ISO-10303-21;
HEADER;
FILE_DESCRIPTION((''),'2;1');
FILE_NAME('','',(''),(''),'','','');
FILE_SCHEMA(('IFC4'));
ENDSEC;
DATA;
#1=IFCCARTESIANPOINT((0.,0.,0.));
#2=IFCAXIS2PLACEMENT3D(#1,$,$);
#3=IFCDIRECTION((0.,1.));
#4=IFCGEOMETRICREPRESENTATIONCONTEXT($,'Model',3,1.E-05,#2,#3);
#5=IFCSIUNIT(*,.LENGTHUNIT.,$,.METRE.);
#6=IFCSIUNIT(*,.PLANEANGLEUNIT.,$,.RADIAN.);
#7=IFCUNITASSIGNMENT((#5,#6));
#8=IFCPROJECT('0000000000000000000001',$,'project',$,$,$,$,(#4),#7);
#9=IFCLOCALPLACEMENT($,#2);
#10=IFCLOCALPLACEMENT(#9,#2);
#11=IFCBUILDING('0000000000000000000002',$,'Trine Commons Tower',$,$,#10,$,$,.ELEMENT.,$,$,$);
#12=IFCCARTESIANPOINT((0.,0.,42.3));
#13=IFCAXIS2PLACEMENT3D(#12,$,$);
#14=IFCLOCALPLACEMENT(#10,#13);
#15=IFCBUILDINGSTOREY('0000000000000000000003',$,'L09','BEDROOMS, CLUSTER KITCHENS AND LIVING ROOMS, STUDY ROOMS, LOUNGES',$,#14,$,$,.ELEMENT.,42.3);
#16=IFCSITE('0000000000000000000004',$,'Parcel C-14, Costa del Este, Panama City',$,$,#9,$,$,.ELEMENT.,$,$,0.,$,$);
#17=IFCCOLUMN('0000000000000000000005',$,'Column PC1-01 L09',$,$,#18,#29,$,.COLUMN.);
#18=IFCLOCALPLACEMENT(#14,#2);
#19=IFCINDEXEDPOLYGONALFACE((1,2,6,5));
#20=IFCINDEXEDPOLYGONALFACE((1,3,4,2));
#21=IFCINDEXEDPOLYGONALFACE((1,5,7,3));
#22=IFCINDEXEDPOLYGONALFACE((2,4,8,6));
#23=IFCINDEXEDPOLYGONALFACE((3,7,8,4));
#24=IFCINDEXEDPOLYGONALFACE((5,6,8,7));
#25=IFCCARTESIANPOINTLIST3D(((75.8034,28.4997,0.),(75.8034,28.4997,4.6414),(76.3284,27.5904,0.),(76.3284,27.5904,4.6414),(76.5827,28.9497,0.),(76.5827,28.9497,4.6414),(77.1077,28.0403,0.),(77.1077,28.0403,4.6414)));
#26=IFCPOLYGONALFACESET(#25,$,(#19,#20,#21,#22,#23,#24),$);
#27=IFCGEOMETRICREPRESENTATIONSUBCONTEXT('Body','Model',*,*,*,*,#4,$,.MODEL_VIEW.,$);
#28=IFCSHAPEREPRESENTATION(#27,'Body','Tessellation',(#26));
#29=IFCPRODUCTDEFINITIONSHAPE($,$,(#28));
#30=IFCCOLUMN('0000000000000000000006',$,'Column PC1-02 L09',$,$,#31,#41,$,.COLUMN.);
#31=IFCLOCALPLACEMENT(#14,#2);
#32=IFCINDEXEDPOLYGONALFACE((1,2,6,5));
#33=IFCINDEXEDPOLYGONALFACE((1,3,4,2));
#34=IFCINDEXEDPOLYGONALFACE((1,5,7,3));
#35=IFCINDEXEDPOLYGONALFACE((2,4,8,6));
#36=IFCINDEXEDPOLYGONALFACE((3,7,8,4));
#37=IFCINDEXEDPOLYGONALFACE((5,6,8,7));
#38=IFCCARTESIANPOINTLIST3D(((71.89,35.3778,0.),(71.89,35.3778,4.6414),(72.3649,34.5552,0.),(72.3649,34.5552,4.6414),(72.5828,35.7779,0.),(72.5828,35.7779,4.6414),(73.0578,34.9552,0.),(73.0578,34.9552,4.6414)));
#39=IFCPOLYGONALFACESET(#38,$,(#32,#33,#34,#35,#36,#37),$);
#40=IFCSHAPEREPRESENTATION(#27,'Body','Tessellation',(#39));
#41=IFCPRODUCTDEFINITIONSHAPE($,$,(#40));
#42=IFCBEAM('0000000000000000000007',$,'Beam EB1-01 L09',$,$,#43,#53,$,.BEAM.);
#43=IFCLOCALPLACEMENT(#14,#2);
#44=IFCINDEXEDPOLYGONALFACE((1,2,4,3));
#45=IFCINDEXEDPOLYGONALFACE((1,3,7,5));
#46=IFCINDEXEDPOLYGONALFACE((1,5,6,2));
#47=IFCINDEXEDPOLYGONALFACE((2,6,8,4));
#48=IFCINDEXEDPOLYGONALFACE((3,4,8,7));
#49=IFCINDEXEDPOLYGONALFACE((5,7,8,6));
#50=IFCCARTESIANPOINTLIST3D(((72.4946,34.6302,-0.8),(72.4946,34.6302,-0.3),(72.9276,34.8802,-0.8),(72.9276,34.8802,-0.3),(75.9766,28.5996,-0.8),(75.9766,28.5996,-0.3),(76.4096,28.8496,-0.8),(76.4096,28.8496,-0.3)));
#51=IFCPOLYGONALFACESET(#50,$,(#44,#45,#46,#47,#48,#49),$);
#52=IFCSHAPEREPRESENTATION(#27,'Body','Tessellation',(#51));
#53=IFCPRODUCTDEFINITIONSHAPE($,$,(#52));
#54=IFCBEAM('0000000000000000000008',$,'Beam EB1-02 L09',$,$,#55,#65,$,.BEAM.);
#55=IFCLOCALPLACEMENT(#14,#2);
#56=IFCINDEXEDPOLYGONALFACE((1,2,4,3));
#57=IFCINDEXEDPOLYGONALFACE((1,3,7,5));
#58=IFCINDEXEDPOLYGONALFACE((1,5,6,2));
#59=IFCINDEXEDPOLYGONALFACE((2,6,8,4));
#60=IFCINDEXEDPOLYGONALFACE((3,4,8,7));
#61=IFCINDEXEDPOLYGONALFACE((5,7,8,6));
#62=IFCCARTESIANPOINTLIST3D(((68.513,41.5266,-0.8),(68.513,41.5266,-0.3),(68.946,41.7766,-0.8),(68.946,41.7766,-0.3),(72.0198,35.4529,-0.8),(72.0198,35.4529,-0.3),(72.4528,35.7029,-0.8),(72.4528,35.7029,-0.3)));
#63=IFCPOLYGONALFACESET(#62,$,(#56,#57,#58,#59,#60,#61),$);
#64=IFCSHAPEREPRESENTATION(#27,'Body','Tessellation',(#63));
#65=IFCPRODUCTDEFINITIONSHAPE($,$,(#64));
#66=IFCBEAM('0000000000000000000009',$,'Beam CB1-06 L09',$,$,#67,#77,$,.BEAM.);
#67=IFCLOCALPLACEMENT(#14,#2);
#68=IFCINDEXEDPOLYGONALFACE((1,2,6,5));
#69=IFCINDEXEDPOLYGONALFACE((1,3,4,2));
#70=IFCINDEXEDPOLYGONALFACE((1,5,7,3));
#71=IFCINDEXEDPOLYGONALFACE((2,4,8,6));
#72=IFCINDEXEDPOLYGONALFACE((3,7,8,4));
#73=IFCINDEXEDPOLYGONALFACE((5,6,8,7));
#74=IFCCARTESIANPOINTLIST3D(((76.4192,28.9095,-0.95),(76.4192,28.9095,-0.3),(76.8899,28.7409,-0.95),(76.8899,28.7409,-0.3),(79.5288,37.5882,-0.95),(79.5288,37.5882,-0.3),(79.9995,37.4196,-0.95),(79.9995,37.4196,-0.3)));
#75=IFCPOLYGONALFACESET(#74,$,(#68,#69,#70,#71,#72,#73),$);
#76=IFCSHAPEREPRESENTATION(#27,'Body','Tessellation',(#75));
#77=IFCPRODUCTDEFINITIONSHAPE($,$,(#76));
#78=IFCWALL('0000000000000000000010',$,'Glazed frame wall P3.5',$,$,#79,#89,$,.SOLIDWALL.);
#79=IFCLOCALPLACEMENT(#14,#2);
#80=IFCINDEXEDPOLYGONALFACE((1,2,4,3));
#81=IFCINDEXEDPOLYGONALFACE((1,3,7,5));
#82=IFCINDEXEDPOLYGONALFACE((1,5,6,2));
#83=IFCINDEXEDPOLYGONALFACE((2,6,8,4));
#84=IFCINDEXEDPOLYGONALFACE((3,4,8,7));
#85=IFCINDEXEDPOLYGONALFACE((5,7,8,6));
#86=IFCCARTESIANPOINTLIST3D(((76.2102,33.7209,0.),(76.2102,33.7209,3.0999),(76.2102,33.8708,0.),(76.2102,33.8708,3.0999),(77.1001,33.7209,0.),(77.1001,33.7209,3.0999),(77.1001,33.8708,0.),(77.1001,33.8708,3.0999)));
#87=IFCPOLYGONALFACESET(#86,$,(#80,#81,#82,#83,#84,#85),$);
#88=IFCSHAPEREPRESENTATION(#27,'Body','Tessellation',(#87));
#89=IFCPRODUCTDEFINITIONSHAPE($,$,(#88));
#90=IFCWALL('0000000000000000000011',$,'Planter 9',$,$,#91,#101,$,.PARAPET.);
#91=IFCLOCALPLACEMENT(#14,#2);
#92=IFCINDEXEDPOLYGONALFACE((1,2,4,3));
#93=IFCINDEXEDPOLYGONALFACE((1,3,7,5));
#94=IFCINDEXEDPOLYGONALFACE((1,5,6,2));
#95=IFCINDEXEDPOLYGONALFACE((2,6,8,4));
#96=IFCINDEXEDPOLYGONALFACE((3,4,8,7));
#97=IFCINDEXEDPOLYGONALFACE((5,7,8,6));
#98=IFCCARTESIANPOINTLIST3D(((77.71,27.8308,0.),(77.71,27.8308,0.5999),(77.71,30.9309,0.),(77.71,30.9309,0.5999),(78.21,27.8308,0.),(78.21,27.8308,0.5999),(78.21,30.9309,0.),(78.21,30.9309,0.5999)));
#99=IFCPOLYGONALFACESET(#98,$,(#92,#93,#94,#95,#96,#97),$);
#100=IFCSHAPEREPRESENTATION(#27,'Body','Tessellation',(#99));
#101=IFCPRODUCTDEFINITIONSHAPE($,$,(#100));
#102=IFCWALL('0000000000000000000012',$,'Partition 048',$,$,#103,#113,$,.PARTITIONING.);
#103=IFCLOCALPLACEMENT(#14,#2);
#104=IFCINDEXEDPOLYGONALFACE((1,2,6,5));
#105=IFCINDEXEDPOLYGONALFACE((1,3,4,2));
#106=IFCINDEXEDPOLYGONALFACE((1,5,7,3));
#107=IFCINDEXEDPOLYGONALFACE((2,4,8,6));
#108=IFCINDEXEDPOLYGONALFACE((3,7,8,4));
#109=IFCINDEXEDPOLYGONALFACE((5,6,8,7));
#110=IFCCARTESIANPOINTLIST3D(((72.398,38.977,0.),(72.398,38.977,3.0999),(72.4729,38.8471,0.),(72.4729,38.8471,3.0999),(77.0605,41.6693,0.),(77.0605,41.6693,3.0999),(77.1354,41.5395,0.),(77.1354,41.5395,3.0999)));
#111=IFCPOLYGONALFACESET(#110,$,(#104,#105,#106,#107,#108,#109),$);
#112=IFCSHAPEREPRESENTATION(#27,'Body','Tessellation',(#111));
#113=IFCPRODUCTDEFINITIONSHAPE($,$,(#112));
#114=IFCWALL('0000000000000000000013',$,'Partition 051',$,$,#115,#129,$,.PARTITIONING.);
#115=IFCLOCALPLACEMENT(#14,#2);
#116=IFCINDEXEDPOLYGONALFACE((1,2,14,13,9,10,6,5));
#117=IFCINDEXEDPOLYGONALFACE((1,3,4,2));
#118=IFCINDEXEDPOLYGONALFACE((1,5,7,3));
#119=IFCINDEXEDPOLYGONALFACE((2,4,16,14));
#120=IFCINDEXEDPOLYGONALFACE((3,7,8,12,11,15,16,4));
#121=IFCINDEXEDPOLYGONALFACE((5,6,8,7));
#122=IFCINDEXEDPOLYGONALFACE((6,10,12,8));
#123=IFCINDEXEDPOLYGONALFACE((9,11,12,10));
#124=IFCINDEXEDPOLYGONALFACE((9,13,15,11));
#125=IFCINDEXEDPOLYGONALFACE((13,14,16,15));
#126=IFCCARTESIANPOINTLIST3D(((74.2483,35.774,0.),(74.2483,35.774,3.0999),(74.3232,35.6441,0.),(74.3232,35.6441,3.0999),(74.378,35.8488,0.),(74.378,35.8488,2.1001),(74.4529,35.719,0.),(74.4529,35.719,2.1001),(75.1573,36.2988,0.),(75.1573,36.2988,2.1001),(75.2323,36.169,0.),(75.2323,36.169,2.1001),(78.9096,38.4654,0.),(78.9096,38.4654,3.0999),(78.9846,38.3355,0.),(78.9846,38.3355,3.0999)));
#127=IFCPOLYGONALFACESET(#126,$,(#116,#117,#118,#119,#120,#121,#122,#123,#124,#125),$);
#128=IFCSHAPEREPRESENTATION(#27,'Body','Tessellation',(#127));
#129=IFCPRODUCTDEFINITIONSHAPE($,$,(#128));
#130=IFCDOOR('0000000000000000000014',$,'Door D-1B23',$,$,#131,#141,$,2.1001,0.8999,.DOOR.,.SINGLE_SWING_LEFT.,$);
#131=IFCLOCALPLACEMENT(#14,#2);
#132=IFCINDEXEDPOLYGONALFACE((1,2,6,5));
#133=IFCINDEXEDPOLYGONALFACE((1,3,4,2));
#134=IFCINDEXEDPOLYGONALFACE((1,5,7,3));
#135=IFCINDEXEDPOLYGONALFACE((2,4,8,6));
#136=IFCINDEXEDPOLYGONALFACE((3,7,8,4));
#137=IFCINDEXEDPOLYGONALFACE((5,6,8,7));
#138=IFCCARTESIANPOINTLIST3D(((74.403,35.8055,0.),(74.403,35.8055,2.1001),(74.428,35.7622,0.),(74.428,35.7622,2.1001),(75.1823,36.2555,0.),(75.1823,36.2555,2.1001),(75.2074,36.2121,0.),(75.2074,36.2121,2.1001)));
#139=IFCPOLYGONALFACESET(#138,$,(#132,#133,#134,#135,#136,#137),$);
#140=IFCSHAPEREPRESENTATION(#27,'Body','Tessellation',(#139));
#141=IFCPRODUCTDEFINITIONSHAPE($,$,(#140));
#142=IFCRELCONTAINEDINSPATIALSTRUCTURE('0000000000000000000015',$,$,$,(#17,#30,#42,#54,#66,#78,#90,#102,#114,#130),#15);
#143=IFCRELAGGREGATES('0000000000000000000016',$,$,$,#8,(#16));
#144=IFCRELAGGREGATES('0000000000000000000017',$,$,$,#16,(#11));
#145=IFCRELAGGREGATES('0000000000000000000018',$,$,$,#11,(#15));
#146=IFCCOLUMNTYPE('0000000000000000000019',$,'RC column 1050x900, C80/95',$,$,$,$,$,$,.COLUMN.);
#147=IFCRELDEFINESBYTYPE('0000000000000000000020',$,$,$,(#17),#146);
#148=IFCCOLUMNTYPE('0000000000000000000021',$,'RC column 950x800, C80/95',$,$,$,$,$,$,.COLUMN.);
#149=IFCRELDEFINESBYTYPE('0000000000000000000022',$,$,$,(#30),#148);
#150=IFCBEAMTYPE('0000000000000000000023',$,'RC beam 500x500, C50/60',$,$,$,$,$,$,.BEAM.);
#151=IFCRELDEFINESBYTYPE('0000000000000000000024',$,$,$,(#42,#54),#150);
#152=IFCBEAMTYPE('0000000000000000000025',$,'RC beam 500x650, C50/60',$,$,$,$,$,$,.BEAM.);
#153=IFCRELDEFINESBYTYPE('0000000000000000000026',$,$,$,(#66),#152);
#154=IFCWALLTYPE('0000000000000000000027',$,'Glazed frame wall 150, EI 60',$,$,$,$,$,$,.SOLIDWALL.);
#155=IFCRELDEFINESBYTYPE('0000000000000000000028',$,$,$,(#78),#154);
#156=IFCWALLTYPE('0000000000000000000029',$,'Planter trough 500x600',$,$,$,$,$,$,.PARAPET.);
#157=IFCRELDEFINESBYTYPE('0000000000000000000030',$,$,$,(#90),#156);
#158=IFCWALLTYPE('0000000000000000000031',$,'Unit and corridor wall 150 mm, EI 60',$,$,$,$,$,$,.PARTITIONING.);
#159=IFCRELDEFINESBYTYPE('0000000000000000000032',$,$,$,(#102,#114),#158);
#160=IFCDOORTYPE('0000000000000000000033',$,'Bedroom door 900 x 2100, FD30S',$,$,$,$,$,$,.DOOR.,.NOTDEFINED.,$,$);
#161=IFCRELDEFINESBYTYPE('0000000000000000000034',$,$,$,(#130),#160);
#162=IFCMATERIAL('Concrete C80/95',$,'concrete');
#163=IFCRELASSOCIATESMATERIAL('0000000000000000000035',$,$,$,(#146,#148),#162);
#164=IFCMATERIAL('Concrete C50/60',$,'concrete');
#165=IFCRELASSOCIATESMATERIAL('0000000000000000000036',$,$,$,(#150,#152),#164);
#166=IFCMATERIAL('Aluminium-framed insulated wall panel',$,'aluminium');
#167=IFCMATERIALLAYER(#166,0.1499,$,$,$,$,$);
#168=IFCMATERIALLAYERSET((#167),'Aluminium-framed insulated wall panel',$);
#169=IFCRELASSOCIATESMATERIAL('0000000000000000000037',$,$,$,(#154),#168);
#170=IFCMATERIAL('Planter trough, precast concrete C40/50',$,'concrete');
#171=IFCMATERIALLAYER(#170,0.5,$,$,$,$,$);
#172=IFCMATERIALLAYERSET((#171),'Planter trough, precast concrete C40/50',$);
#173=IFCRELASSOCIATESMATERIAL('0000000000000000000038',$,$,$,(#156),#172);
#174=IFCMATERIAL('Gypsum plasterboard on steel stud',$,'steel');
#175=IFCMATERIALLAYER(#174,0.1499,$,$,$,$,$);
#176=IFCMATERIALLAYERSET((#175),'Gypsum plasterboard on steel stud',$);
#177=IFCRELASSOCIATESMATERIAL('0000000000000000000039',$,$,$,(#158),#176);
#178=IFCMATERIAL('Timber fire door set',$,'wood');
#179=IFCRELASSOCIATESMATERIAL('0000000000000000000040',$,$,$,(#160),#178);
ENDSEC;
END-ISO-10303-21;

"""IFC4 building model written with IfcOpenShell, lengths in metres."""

from ifc_helpers import new_model, si_unit, direction, frame, frame_2d, origin, origin_2d, place, context, subcontext, project, spatial, polyline, rectangle, outline, extrude, material, layer, layer_set, material_profile, profile_set, type_object, element, fill, save


model = new_model("IFC4")

# Units and contexts
model_context = context("Model", 3, precision=1e-05, world=origin(), true_north=direction((0.0, 1.0)))
body_context = subcontext(model_context, "Body", "Model", "MODEL_VIEW")
ifc_project = project(units=[si_unit("LENGTHUNIT", "METRE"), si_unit("PLANEANGLEUNIT", "RADIAN")], contexts=[model_context])

# Site, building, storey
site_placement = place(None, origin())
site = spatial("IfcSite", under=ifc_project, at=site_placement, Name="Parcel C-14, Costa del Este, Panama City", CompositionType="ELEMENT", RefElevation=0.0)
building_placement = place(site_placement, origin())
building = spatial("IfcBuilding", under=site, at=building_placement, Name="Trine Commons Tower", CompositionType="ELEMENT")
storey_placement = place(building_placement, frame((0.0, 0.0, 42.3)))
storey = spatial("IfcBuildingStorey", under=building, at=storey_placement, Name="L09", Description="BEDROOMS, CLUSTER KITCHENS AND LIVING ROOMS, STUDY ROOMS, LOUNGES", CompositionType="ELEMENT", Elevation=42.3)

# Columns
ifc_material_1 = material(Name="Concrete C80/95", Category="concrete")
ifc_material_profile_1 = material_profile(ifc_material_1, rectangle(XDim=1.05, YDim=0.8999, at=origin_2d()), Name="RC 1050x900")
ifc_profile_set_1 = profile_set([ifc_material_profile_1], Name="Concrete C80/95")
column_type_1 = type_object("IfcColumnType", Name="RC column 1050x900, C80/95", PredefinedType="COLUMN", material=ifc_profile_set_1)
column_1_placement = place(storey_placement, frame((76.4556, 28.27, 0.0), z_axis=(0.0, 0.0, 1.0), x_axis=(-0.5, 0.866025, 0.0)))
element("IfcColumn", 1, at=column_1_placement, inside=storey, type_object=column_type_1, Name="Column PC1-01 L09", PredefinedType="COLUMN", context=body_context, shape_type="SweptSolid", body=[
    extrude(rectangle(XDim=1.05, YDim=0.8999, at=origin_2d()), origin(), (0.0, 0.0, 1.0), 4.6414),
])
ifc_material_profile_2 = material_profile(ifc_material_1, rectangle(XDim=0.95, YDim=0.8, at=origin_2d()), Name="RC 950x800")
ifc_profile_set_2 = profile_set([ifc_material_profile_2], Name="Concrete C80/95")
column_type_2 = type_object("IfcColumnType", Name="RC column 950x800, C80/95", PredefinedType="COLUMN", material=ifc_profile_set_2)
column_2_placement = place(storey_placement, frame((72.4739, 35.1665, 0.0), z_axis=(0.0, 0.0, 1.0), x_axis=(-0.5, 0.866025, 0.0)))
element("IfcColumn", 2, at=column_2_placement, inside=storey, type_object=column_type_2, Name="Column PC1-02 L09", PredefinedType="COLUMN", context=body_context, shape_type="SweptSolid", body=[
    extrude(rectangle(XDim=0.95, YDim=0.8, at=origin_2d()), origin(), (0.0, 0.0, 1.0), 4.6414),
])

# Beams
ifc_material_2 = material(Name="Concrete C50/60", Category="concrete")
ifc_material_profile_3 = material_profile(ifc_material_2, rectangle(XDim=0.5, YDim=0.5, at=origin_2d()), Name="RC 500x500")
ifc_profile_set_3 = profile_set([ifc_material_profile_3], Name="Concrete C50/60")
beam_type_1 = type_object("IfcBeamType", Name="RC beam 500x500, C50/60", PredefinedType="BEAM", material=ifc_profile_set_3)
beam_1_placement = place(storey_placement, frame((76.1931, 28.7246, -0.55), z_axis=(-0.500023, 0.866012, 0.0), x_axis=(-0.866012, -0.500023, 0.0)))
element("IfcBeam", 3, at=beam_1_placement, inside=storey, type_object=beam_type_1, Name="Beam EB1-01 L09", PredefinedType="BEAM", context=body_context, shape_type="SweptSolid", body=[
    extrude(rectangle(XDim=0.5, YDim=0.5, at=origin_2d()), origin(), (0.0, 0.0, 1.0), 6.9636),
])
beam_2_placement = place(storey_placement, frame((72.2363, 35.5779, -0.55), z_axis=(-0.500018, 0.866015, 0.0), x_axis=(-0.866015, -0.500018, 0.0)))
element("IfcBeam", 4, at=beam_2_placement, inside=storey, type_object=beam_type_1, Name="Beam EB1-02 L09", PredefinedType="BEAM", context=body_context, shape_type="SweptSolid", body=[
    extrude(rectangle(XDim=0.5, YDim=0.5, at=origin_2d()), origin(), (0.0, 0.0, 1.0), 7.0134),
])
ifc_material_profile_4 = material_profile(ifc_material_2, rectangle(XDim=0.5, YDim=0.6499, at=origin_2d()), Name="RC 500x650")
ifc_profile_set_4 = profile_set([ifc_material_profile_4], Name="Concrete C50/60")
beam_type_2 = type_object("IfcBeamType", Name="RC beam 500x650, C50/60", PredefinedType="BEAM", material=ifc_profile_set_4)
beam_3_placement = place(storey_placement, frame((76.6545, 28.8252, -0.625), z_axis=(0.337306, 0.941395, 0.0), x_axis=(-0.941395, 0.337306, 0.0)))
element("IfcBeam", 5, at=beam_3_placement, inside=storey, type_object=beam_type_2, Name="Beam CB1-06 L09", PredefinedType="BEAM", context=body_context, shape_type="SweptSolid", body=[
    extrude(rectangle(XDim=0.5, YDim=0.6499, at=origin_2d()), origin(), (0.0, 0.0, 1.0), 9.219),
])

# Wall
ifc_material_3 = material(Name="Aluminium-framed insulated wall panel", Category="aluminium")
ifc_layer_1 = layer(ifc_material_3, 0.1499)
ifc_layer_set_1 = layer_set([ifc_layer_1], Name="Aluminium-framed insulated wall panel")
wall_type_1 = type_object("IfcWallType", Name="Glazed frame wall 150, EI 60", PredefinedType="SOLIDWALL", material=ifc_layer_set_1)
wall_1_placement = place(storey_placement, frame((77.1001, 33.7959, 0.0), z_axis=(0.0, 0.0, 1.0), x_axis=(-1.0, 0.0, 0.0)))
element("IfcWall", 6, at=wall_1_placement, inside=storey, type_object=wall_type_1, Name="Glazed frame wall P3.5", PredefinedType="SOLIDWALL", context=body_context, shape_type="SweptSolid", body=[
    extrude(outline(polyline([(0.8899, 0.075), (0.0, 0.075), (0.0, -0.075), (0.8899, -0.075), (0.8899, 0.075)])), origin(), (0.0, 0.0, 1.0), 3.0999),
])

# Walls
ifc_material_4 = material(Name="Planter trough, precast concrete C40/50", Category="concrete")
ifc_layer_2 = layer(ifc_material_4, 0.5)
ifc_layer_set_2 = layer_set([ifc_layer_2], Name="Planter trough, precast concrete C40/50")
wall_type_2 = type_object("IfcWallType", Name="Planter trough 500x600", PredefinedType="PARAPET", material=ifc_layer_set_2)
wall_2_placement = place(storey_placement, frame((77.96, 30.9309, 0.0), z_axis=(0.0, 0.0, 1.0), x_axis=(0.0, -1.0, 0.0)))
element("IfcWall", 7, at=wall_2_placement, inside=storey, type_object=wall_type_2, Name="Planter 9", PredefinedType="PARAPET", context=body_context, shape_type="SweptSolid", body=[
    extrude(rectangle(XDim=3.1001, YDim=0.5, at=frame_2d((1.55, 0.0))), origin(), (0.0, 0.0, 1.0), 0.5999),
])
ifc_material_5 = material(Name="Gypsum plasterboard on steel stud", Category="steel")
ifc_layer_3 = layer(ifc_material_5, 0.1499)
ifc_layer_set_3 = layer_set([ifc_layer_3], Name="Gypsum plasterboard on steel stud")
wall_type_3 = type_object("IfcWallType", Name="Unit and corridor wall 150 mm, EI 60", PredefinedType="PARTITIONING", material=ifc_layer_set_3)
wall_3_placement = place(storey_placement, frame((72.4355, 38.9121, 0.0), z_axis=(0.0, 0.0, 1.0), x_axis=(0.865991, 0.50006, 0.0)))
element("IfcWall", 8, at=wall_3_placement, inside=storey, type_object=wall_type_3, Name="Partition 048", PredefinedType="PARTITIONING", context=body_context, shape_type="SweptSolid", body=[
    extrude(rectangle(XDim=5.384, YDim=0.1499, at=frame_2d((2.6919, 0.0))), origin(), (0.0, 0.0, 1.0), 3.0999),
])

# Wall, opening, door
wall_4_placement = place(storey_placement, frame((74.2856, 35.709, 0.0), z_axis=(0.0, 0.0, 1.0), x_axis=(0.866013, 0.500022, 0.0)))
wall_4 = element("IfcWall", 9, at=wall_4_placement, inside=storey, type_object=wall_type_3, Name="Partition 051", PredefinedType="PARTITIONING", context=body_context, shape_type="SweptSolid", body=[
    extrude(rectangle(XDim=5.3826, YDim=0.1499, at=frame_2d((2.6914, 0.0))), origin(), (0.0, 0.0, 1.0), 3.0999),
])
opening_1_placement = place(wall_4_placement, frame((0.1499, 0.0, 0.0)))
opening_1 = element("IfcOpeningElement", 10, at=opening_1_placement, cuts=wall_4, PredefinedType="OPENING", context=body_context, shape_type="SweptSolid", body=[
    extrude(rectangle(XDim=0.8999, YDim=2.1001, at=frame_2d((0.45, 1.05))), frame((0.0, 0.085, 0.0), z_axis=(0.0, -1.0, 0.0), x_axis=(1.0, 0.0, 0.0)), (0.0, 0.0, 1.0), 0.1699),
])
ifc_material_6 = material(Name="Timber fire door set", Category="wood")
door_type_1 = type_object("IfcDoorType", Name="Bedroom door 900 x 2100, FD30S", OperationType="NOTDEFINED", PredefinedType="DOOR", material=ifc_material_6)
door_1_placement = place(opening_1_placement, origin())
door_1 = element("IfcDoor", 11, at=door_1_placement, inside=storey, type_object=door_type_1, Name="Door D-1B23", OperationType="SINGLE_SWING_LEFT", OverallHeight=2.1001, OverallWidth=0.8999, PredefinedType="DOOR", context=body_context, shape_type="SweptSolid", body=[
    extrude(rectangle(XDim=0.8999, YDim=2.1001, at=frame_2d((0.45, 1.05))), frame((0.0, 0.0249, 0.0), z_axis=(0.0, -1.0, 0.0), x_axis=(1.0, 0.0, 0.0)), (0.0, 0.0, 1.0), 0.05),
])
fill(opening_1, door_1)

save(model, "model.ifc")
